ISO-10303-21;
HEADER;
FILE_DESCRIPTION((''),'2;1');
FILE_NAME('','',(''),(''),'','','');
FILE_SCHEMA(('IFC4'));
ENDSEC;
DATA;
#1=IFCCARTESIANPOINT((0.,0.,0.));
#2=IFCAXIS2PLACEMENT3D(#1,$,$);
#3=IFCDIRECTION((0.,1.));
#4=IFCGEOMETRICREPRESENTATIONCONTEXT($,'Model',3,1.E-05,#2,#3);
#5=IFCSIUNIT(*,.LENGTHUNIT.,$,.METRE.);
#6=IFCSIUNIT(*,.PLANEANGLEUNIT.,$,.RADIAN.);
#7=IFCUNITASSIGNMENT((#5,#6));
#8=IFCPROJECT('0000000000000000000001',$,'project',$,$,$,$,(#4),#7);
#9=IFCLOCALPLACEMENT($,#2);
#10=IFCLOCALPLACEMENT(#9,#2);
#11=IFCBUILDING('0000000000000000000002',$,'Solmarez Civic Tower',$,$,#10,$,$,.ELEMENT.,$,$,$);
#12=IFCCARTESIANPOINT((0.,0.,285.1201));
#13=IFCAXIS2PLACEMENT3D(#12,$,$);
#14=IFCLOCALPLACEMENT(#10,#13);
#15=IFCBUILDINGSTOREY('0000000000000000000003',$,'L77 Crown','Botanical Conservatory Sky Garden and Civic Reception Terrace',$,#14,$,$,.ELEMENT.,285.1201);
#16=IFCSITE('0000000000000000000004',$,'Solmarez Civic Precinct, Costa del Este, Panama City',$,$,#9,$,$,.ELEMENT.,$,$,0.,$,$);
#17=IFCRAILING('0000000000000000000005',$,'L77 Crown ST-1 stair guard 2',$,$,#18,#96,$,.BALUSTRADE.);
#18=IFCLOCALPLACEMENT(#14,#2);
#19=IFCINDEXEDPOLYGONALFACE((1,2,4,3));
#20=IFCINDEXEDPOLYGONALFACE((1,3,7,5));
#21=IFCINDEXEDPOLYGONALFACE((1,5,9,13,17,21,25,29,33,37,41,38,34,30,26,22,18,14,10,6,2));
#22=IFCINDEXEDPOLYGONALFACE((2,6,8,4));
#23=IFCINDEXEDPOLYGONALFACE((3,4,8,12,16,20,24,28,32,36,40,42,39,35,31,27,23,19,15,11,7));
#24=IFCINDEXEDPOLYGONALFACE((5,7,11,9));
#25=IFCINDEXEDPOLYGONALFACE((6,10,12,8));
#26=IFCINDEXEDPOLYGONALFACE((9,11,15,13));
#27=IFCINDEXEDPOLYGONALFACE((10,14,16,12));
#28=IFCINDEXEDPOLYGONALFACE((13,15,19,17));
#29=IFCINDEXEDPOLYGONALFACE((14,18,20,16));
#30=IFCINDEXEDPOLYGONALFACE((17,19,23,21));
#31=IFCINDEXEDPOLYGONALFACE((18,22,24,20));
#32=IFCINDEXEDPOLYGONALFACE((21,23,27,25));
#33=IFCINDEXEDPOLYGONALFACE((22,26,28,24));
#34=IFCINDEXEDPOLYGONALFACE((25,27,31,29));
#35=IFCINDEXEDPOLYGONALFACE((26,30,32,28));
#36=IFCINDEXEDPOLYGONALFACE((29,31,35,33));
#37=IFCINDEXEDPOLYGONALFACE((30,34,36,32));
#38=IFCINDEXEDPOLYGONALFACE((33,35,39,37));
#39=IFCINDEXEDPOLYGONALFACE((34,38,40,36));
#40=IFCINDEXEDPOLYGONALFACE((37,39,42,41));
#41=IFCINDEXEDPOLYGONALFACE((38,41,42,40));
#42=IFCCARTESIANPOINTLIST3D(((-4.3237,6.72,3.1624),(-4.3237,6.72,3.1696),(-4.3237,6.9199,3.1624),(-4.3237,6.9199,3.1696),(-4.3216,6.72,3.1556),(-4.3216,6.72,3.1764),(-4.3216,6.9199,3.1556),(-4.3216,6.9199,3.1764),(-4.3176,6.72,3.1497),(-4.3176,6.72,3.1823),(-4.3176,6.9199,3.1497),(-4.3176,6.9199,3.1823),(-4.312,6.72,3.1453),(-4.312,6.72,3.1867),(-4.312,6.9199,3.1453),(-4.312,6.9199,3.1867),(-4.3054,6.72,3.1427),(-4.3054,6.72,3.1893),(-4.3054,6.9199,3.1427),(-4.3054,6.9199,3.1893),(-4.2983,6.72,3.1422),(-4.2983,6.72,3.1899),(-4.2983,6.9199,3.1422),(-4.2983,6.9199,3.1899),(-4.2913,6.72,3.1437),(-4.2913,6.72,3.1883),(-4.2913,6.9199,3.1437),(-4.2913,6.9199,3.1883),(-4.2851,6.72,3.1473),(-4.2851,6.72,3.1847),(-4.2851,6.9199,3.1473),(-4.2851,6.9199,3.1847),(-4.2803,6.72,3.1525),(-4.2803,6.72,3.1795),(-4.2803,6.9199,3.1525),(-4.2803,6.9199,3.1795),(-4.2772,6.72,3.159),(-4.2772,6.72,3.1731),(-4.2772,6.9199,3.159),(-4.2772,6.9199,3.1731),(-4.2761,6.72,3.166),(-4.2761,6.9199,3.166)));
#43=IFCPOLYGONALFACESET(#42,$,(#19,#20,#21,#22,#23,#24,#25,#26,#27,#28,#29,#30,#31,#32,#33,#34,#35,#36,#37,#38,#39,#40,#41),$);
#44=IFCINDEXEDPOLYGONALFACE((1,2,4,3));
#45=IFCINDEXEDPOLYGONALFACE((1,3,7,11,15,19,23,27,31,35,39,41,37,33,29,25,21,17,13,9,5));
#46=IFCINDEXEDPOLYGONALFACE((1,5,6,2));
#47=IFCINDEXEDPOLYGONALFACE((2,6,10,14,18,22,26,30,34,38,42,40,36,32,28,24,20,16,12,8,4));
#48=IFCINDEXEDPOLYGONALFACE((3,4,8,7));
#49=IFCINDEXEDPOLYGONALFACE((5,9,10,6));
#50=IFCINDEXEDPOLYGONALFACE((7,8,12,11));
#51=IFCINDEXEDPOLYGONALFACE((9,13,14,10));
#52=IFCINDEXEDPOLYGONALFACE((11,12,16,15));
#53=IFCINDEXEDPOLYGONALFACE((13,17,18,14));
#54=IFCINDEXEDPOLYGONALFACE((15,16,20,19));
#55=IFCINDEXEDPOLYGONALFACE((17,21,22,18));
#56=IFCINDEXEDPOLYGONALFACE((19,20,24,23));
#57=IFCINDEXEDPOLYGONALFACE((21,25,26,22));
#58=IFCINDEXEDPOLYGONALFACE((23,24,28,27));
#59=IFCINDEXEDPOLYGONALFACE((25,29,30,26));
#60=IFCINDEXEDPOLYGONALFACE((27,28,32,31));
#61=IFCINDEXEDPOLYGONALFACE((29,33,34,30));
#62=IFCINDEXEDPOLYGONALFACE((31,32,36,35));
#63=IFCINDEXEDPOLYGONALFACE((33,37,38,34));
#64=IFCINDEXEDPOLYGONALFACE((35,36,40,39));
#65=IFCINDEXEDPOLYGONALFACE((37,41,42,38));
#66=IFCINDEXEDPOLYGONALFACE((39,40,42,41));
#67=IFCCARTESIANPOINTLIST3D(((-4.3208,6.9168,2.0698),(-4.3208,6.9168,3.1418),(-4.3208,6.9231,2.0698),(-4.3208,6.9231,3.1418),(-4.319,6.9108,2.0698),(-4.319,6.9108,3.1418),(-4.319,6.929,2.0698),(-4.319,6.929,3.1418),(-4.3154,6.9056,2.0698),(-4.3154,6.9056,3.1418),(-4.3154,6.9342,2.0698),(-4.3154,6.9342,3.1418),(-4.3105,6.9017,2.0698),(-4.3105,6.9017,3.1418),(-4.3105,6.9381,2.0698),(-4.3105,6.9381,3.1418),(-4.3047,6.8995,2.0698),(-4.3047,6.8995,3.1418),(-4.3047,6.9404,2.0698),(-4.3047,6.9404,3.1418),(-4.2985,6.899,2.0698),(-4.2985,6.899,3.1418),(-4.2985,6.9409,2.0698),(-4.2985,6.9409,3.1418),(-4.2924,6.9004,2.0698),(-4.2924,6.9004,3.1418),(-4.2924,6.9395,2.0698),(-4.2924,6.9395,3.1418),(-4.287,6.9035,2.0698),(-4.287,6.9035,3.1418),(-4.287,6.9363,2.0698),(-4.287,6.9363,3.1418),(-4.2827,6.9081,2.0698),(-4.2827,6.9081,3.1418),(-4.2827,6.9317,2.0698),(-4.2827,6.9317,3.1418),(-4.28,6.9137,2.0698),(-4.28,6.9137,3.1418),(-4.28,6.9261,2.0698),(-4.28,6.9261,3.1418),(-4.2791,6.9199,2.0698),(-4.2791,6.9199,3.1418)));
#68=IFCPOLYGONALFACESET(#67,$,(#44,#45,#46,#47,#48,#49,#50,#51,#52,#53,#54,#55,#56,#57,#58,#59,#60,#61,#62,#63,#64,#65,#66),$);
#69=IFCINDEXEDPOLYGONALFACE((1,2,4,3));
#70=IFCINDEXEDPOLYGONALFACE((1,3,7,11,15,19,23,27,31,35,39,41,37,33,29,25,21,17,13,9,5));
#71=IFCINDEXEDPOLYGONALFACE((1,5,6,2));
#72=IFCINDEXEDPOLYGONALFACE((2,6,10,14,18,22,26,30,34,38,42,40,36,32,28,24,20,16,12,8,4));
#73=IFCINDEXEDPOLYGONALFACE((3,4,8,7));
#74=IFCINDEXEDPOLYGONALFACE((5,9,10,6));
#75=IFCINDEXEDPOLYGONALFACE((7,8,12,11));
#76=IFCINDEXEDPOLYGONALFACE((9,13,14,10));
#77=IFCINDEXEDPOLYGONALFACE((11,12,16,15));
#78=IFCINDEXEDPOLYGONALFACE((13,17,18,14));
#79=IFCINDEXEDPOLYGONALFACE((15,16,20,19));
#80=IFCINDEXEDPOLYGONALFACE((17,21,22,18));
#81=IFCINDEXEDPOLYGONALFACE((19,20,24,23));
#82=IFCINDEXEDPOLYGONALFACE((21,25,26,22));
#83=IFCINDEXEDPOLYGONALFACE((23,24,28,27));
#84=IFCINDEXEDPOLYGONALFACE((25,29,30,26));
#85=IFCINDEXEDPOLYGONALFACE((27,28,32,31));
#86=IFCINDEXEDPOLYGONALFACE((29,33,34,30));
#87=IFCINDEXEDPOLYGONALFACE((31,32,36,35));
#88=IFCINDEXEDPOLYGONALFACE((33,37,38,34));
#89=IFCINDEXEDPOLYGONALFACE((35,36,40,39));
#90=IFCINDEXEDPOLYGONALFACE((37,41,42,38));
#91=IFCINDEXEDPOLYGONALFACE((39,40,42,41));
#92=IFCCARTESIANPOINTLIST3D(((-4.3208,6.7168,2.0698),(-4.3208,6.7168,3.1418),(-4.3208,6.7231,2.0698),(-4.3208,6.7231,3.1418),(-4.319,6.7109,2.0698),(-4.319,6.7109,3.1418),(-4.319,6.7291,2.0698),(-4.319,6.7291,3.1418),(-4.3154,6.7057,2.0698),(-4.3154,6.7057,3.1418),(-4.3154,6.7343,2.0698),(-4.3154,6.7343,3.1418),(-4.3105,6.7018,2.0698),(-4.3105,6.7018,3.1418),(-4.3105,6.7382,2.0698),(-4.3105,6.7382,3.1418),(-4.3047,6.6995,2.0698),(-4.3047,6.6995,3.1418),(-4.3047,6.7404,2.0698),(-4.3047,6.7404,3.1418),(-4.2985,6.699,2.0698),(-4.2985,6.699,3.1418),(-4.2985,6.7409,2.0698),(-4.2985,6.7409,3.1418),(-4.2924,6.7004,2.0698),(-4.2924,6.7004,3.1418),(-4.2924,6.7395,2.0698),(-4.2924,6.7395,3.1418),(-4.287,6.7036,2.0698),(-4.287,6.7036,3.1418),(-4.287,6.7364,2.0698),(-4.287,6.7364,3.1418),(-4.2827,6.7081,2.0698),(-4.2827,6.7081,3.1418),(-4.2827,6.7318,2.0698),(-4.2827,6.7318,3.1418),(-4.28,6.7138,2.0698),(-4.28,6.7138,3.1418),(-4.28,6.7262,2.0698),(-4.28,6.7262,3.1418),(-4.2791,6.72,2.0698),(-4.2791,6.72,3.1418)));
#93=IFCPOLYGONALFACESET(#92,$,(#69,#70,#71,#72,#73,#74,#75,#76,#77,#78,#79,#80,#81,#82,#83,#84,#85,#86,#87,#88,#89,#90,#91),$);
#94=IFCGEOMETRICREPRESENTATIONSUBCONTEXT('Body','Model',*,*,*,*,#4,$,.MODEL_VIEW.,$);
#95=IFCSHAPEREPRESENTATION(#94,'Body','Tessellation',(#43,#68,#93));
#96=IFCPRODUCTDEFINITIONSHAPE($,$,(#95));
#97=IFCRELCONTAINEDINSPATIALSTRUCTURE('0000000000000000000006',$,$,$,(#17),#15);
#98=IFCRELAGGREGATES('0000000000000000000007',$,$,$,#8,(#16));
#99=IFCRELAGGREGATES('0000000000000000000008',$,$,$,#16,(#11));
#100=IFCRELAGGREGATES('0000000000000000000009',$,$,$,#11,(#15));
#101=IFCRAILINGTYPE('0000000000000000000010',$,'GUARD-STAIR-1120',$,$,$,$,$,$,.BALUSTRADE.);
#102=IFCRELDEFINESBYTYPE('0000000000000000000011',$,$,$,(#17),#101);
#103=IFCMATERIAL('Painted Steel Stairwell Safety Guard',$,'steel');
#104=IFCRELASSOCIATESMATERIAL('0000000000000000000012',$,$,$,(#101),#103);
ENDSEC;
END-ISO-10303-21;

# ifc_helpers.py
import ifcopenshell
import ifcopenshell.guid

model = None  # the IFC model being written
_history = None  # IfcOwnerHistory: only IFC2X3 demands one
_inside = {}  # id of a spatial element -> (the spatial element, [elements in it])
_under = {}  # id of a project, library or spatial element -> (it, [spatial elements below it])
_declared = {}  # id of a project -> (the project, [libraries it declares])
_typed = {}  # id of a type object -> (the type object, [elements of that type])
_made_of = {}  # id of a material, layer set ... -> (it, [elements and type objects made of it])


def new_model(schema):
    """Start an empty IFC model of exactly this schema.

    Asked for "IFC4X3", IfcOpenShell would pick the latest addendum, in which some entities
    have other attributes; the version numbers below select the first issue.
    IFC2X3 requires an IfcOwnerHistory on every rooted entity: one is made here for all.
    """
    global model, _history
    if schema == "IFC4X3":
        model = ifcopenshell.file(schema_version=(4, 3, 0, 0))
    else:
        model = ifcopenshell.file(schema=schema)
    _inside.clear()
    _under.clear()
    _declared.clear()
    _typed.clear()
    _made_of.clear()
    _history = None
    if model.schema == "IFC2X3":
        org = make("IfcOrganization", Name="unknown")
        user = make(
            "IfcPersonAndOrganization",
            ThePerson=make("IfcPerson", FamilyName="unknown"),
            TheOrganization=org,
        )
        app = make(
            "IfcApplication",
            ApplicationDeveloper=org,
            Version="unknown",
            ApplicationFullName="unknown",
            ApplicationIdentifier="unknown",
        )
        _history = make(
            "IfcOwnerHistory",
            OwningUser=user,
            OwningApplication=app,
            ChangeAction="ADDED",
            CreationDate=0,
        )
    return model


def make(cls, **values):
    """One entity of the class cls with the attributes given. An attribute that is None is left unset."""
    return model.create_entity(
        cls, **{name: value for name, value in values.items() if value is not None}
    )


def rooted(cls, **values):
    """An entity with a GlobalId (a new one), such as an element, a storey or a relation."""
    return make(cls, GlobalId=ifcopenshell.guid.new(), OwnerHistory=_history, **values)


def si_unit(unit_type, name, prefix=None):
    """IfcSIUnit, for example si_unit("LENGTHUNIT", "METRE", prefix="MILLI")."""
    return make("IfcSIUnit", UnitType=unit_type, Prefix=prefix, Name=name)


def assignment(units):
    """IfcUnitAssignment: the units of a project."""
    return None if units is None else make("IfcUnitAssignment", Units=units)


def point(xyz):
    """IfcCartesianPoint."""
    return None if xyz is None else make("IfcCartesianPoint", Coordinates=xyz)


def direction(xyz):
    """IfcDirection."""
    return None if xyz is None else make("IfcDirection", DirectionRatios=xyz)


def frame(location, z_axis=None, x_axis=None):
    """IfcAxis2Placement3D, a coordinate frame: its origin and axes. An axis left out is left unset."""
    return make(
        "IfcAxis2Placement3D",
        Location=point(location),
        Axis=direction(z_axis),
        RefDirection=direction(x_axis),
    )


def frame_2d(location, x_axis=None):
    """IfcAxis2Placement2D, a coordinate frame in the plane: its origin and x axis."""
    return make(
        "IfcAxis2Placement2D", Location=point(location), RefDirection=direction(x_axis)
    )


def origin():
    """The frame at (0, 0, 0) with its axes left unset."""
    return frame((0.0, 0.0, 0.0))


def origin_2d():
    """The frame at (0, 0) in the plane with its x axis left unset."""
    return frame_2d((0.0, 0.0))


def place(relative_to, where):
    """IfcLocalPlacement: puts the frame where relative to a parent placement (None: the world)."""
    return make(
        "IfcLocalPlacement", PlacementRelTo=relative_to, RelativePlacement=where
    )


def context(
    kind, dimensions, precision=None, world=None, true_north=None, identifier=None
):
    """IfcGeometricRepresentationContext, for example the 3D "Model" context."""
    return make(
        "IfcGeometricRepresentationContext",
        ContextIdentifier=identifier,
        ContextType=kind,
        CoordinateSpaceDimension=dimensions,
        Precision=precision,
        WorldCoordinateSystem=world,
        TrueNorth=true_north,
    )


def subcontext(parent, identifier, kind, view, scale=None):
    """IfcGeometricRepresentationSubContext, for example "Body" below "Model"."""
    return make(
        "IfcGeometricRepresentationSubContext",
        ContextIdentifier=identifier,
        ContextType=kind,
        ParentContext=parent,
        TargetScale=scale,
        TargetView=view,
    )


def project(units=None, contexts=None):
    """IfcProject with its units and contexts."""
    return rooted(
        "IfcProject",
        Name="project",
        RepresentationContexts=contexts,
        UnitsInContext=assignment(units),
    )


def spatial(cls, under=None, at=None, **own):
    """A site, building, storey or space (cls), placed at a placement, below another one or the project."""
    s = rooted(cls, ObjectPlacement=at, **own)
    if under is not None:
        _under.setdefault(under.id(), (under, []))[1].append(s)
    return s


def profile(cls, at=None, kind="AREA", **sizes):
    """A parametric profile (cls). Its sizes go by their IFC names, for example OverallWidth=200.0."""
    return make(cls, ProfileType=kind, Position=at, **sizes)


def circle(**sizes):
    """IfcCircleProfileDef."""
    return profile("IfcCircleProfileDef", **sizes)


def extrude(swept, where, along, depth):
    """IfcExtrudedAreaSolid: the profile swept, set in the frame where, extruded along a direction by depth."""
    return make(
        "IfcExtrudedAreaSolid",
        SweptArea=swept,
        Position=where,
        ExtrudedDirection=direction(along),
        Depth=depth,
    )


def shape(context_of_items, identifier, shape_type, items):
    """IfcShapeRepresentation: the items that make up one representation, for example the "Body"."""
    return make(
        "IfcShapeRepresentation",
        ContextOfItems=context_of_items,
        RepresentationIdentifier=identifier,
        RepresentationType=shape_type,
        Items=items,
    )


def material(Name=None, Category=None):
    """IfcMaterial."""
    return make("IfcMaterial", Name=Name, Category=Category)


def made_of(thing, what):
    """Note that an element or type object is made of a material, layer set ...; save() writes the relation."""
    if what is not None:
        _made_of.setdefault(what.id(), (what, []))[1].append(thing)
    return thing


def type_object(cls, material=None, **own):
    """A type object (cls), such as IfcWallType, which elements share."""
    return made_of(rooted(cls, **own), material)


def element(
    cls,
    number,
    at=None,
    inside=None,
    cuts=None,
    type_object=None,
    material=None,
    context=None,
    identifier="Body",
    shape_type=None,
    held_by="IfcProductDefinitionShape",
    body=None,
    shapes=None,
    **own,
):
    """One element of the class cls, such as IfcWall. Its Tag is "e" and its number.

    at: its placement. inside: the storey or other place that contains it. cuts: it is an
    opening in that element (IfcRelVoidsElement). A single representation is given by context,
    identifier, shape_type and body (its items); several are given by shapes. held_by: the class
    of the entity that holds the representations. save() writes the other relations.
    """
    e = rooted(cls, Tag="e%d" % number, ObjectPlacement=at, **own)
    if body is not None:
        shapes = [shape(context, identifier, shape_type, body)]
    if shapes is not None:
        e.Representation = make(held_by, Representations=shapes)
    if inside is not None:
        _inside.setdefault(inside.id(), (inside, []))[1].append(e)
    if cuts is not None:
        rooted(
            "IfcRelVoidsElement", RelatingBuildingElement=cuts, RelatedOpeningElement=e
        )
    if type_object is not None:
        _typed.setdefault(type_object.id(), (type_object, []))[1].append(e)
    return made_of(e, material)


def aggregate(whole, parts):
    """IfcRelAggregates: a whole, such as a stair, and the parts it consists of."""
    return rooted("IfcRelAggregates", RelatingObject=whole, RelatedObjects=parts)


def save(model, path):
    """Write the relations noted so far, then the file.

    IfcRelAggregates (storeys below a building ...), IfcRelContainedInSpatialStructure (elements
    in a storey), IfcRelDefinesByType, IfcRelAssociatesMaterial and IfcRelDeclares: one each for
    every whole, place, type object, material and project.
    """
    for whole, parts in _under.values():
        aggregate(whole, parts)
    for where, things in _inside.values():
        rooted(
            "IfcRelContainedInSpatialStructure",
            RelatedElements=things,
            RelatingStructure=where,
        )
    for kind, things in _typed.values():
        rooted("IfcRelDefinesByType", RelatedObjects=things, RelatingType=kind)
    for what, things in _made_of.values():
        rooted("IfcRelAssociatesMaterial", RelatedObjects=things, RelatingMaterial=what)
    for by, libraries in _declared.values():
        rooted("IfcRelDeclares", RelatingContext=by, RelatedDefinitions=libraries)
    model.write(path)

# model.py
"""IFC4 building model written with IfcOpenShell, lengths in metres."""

from ifc_helpers import new_model, si_unit, direction, frame, origin, origin_2d, place, context, subcontext, project, spatial, circle, extrude, material, type_object, element, save


model = new_model("IFC4")

# Units and contexts
model_context = context("Model", 3, precision=1e-05, world=origin(), true_north=direction((0.0, 1.0)))
body_context = subcontext(model_context, "Body", "Model", "MODEL_VIEW")
ifc_project = project(units=[si_unit("LENGTHUNIT", "METRE"), si_unit("PLANEANGLEUNIT", "RADIAN")], contexts=[model_context])

# Site, building, storey
site_placement = place(None, origin())
site = spatial("IfcSite", under=ifc_project, at=site_placement, Name="Solmarez Civic Precinct, Costa del Este, Panama City", CompositionType="ELEMENT", RefElevation=0.0)
building_placement = place(site_placement, origin())
building = spatial("IfcBuilding", under=site, at=building_placement, Name="Solmarez Civic Tower", CompositionType="ELEMENT")
storey_placement = place(building_placement, frame((0.0, 0.0, 285.1201)))
storey = spatial("IfcBuildingStorey", under=building, at=storey_placement, Name="L77 Crown", Description="Botanical Conservatory Sky Garden and Civic Reception Terrace", CompositionType="ELEMENT", Elevation=285.1201)

# Railing
ifc_material_1 = material(Name="Painted Steel Stairwell Safety Guard", Category="steel")
railing_type_1 = type_object("IfcRailingType", Name="GUARD-STAIR-1120", PredefinedType="BALUSTRADE", material=ifc_material_1)
railing_1_placement = place(storey_placement, frame((-4.3, 6.9199, 2.0698)))
element("IfcRailing", 1, at=railing_1_placement, inside=storey, type_object=railing_type_1, Name="L77 Crown ST-1 stair guard 2", PredefinedType="BALUSTRADE", context=body_context, shape_type="SweptSolid", body=[
    extrude(circle(Radius=0.0239, at=origin_2d()), frame((0.0, 0.0, 1.0962), z_axis=(0.0, -1.0, 0.0), x_axis=(1.0, 0.0, 0.0)), (0.0, 0.0, 1.0), 0.2),
    extrude(circle(Radius=0.021, at=origin_2d()), origin(), (0.0, 0.0, 1.0), 1.072),
    extrude(circle(Radius=0.021, at=origin_2d()), frame((0.0, -0.2, 0.0)), (0.0, 0.0, 1.0), 1.072),
])

save(model, "model.ifc")
